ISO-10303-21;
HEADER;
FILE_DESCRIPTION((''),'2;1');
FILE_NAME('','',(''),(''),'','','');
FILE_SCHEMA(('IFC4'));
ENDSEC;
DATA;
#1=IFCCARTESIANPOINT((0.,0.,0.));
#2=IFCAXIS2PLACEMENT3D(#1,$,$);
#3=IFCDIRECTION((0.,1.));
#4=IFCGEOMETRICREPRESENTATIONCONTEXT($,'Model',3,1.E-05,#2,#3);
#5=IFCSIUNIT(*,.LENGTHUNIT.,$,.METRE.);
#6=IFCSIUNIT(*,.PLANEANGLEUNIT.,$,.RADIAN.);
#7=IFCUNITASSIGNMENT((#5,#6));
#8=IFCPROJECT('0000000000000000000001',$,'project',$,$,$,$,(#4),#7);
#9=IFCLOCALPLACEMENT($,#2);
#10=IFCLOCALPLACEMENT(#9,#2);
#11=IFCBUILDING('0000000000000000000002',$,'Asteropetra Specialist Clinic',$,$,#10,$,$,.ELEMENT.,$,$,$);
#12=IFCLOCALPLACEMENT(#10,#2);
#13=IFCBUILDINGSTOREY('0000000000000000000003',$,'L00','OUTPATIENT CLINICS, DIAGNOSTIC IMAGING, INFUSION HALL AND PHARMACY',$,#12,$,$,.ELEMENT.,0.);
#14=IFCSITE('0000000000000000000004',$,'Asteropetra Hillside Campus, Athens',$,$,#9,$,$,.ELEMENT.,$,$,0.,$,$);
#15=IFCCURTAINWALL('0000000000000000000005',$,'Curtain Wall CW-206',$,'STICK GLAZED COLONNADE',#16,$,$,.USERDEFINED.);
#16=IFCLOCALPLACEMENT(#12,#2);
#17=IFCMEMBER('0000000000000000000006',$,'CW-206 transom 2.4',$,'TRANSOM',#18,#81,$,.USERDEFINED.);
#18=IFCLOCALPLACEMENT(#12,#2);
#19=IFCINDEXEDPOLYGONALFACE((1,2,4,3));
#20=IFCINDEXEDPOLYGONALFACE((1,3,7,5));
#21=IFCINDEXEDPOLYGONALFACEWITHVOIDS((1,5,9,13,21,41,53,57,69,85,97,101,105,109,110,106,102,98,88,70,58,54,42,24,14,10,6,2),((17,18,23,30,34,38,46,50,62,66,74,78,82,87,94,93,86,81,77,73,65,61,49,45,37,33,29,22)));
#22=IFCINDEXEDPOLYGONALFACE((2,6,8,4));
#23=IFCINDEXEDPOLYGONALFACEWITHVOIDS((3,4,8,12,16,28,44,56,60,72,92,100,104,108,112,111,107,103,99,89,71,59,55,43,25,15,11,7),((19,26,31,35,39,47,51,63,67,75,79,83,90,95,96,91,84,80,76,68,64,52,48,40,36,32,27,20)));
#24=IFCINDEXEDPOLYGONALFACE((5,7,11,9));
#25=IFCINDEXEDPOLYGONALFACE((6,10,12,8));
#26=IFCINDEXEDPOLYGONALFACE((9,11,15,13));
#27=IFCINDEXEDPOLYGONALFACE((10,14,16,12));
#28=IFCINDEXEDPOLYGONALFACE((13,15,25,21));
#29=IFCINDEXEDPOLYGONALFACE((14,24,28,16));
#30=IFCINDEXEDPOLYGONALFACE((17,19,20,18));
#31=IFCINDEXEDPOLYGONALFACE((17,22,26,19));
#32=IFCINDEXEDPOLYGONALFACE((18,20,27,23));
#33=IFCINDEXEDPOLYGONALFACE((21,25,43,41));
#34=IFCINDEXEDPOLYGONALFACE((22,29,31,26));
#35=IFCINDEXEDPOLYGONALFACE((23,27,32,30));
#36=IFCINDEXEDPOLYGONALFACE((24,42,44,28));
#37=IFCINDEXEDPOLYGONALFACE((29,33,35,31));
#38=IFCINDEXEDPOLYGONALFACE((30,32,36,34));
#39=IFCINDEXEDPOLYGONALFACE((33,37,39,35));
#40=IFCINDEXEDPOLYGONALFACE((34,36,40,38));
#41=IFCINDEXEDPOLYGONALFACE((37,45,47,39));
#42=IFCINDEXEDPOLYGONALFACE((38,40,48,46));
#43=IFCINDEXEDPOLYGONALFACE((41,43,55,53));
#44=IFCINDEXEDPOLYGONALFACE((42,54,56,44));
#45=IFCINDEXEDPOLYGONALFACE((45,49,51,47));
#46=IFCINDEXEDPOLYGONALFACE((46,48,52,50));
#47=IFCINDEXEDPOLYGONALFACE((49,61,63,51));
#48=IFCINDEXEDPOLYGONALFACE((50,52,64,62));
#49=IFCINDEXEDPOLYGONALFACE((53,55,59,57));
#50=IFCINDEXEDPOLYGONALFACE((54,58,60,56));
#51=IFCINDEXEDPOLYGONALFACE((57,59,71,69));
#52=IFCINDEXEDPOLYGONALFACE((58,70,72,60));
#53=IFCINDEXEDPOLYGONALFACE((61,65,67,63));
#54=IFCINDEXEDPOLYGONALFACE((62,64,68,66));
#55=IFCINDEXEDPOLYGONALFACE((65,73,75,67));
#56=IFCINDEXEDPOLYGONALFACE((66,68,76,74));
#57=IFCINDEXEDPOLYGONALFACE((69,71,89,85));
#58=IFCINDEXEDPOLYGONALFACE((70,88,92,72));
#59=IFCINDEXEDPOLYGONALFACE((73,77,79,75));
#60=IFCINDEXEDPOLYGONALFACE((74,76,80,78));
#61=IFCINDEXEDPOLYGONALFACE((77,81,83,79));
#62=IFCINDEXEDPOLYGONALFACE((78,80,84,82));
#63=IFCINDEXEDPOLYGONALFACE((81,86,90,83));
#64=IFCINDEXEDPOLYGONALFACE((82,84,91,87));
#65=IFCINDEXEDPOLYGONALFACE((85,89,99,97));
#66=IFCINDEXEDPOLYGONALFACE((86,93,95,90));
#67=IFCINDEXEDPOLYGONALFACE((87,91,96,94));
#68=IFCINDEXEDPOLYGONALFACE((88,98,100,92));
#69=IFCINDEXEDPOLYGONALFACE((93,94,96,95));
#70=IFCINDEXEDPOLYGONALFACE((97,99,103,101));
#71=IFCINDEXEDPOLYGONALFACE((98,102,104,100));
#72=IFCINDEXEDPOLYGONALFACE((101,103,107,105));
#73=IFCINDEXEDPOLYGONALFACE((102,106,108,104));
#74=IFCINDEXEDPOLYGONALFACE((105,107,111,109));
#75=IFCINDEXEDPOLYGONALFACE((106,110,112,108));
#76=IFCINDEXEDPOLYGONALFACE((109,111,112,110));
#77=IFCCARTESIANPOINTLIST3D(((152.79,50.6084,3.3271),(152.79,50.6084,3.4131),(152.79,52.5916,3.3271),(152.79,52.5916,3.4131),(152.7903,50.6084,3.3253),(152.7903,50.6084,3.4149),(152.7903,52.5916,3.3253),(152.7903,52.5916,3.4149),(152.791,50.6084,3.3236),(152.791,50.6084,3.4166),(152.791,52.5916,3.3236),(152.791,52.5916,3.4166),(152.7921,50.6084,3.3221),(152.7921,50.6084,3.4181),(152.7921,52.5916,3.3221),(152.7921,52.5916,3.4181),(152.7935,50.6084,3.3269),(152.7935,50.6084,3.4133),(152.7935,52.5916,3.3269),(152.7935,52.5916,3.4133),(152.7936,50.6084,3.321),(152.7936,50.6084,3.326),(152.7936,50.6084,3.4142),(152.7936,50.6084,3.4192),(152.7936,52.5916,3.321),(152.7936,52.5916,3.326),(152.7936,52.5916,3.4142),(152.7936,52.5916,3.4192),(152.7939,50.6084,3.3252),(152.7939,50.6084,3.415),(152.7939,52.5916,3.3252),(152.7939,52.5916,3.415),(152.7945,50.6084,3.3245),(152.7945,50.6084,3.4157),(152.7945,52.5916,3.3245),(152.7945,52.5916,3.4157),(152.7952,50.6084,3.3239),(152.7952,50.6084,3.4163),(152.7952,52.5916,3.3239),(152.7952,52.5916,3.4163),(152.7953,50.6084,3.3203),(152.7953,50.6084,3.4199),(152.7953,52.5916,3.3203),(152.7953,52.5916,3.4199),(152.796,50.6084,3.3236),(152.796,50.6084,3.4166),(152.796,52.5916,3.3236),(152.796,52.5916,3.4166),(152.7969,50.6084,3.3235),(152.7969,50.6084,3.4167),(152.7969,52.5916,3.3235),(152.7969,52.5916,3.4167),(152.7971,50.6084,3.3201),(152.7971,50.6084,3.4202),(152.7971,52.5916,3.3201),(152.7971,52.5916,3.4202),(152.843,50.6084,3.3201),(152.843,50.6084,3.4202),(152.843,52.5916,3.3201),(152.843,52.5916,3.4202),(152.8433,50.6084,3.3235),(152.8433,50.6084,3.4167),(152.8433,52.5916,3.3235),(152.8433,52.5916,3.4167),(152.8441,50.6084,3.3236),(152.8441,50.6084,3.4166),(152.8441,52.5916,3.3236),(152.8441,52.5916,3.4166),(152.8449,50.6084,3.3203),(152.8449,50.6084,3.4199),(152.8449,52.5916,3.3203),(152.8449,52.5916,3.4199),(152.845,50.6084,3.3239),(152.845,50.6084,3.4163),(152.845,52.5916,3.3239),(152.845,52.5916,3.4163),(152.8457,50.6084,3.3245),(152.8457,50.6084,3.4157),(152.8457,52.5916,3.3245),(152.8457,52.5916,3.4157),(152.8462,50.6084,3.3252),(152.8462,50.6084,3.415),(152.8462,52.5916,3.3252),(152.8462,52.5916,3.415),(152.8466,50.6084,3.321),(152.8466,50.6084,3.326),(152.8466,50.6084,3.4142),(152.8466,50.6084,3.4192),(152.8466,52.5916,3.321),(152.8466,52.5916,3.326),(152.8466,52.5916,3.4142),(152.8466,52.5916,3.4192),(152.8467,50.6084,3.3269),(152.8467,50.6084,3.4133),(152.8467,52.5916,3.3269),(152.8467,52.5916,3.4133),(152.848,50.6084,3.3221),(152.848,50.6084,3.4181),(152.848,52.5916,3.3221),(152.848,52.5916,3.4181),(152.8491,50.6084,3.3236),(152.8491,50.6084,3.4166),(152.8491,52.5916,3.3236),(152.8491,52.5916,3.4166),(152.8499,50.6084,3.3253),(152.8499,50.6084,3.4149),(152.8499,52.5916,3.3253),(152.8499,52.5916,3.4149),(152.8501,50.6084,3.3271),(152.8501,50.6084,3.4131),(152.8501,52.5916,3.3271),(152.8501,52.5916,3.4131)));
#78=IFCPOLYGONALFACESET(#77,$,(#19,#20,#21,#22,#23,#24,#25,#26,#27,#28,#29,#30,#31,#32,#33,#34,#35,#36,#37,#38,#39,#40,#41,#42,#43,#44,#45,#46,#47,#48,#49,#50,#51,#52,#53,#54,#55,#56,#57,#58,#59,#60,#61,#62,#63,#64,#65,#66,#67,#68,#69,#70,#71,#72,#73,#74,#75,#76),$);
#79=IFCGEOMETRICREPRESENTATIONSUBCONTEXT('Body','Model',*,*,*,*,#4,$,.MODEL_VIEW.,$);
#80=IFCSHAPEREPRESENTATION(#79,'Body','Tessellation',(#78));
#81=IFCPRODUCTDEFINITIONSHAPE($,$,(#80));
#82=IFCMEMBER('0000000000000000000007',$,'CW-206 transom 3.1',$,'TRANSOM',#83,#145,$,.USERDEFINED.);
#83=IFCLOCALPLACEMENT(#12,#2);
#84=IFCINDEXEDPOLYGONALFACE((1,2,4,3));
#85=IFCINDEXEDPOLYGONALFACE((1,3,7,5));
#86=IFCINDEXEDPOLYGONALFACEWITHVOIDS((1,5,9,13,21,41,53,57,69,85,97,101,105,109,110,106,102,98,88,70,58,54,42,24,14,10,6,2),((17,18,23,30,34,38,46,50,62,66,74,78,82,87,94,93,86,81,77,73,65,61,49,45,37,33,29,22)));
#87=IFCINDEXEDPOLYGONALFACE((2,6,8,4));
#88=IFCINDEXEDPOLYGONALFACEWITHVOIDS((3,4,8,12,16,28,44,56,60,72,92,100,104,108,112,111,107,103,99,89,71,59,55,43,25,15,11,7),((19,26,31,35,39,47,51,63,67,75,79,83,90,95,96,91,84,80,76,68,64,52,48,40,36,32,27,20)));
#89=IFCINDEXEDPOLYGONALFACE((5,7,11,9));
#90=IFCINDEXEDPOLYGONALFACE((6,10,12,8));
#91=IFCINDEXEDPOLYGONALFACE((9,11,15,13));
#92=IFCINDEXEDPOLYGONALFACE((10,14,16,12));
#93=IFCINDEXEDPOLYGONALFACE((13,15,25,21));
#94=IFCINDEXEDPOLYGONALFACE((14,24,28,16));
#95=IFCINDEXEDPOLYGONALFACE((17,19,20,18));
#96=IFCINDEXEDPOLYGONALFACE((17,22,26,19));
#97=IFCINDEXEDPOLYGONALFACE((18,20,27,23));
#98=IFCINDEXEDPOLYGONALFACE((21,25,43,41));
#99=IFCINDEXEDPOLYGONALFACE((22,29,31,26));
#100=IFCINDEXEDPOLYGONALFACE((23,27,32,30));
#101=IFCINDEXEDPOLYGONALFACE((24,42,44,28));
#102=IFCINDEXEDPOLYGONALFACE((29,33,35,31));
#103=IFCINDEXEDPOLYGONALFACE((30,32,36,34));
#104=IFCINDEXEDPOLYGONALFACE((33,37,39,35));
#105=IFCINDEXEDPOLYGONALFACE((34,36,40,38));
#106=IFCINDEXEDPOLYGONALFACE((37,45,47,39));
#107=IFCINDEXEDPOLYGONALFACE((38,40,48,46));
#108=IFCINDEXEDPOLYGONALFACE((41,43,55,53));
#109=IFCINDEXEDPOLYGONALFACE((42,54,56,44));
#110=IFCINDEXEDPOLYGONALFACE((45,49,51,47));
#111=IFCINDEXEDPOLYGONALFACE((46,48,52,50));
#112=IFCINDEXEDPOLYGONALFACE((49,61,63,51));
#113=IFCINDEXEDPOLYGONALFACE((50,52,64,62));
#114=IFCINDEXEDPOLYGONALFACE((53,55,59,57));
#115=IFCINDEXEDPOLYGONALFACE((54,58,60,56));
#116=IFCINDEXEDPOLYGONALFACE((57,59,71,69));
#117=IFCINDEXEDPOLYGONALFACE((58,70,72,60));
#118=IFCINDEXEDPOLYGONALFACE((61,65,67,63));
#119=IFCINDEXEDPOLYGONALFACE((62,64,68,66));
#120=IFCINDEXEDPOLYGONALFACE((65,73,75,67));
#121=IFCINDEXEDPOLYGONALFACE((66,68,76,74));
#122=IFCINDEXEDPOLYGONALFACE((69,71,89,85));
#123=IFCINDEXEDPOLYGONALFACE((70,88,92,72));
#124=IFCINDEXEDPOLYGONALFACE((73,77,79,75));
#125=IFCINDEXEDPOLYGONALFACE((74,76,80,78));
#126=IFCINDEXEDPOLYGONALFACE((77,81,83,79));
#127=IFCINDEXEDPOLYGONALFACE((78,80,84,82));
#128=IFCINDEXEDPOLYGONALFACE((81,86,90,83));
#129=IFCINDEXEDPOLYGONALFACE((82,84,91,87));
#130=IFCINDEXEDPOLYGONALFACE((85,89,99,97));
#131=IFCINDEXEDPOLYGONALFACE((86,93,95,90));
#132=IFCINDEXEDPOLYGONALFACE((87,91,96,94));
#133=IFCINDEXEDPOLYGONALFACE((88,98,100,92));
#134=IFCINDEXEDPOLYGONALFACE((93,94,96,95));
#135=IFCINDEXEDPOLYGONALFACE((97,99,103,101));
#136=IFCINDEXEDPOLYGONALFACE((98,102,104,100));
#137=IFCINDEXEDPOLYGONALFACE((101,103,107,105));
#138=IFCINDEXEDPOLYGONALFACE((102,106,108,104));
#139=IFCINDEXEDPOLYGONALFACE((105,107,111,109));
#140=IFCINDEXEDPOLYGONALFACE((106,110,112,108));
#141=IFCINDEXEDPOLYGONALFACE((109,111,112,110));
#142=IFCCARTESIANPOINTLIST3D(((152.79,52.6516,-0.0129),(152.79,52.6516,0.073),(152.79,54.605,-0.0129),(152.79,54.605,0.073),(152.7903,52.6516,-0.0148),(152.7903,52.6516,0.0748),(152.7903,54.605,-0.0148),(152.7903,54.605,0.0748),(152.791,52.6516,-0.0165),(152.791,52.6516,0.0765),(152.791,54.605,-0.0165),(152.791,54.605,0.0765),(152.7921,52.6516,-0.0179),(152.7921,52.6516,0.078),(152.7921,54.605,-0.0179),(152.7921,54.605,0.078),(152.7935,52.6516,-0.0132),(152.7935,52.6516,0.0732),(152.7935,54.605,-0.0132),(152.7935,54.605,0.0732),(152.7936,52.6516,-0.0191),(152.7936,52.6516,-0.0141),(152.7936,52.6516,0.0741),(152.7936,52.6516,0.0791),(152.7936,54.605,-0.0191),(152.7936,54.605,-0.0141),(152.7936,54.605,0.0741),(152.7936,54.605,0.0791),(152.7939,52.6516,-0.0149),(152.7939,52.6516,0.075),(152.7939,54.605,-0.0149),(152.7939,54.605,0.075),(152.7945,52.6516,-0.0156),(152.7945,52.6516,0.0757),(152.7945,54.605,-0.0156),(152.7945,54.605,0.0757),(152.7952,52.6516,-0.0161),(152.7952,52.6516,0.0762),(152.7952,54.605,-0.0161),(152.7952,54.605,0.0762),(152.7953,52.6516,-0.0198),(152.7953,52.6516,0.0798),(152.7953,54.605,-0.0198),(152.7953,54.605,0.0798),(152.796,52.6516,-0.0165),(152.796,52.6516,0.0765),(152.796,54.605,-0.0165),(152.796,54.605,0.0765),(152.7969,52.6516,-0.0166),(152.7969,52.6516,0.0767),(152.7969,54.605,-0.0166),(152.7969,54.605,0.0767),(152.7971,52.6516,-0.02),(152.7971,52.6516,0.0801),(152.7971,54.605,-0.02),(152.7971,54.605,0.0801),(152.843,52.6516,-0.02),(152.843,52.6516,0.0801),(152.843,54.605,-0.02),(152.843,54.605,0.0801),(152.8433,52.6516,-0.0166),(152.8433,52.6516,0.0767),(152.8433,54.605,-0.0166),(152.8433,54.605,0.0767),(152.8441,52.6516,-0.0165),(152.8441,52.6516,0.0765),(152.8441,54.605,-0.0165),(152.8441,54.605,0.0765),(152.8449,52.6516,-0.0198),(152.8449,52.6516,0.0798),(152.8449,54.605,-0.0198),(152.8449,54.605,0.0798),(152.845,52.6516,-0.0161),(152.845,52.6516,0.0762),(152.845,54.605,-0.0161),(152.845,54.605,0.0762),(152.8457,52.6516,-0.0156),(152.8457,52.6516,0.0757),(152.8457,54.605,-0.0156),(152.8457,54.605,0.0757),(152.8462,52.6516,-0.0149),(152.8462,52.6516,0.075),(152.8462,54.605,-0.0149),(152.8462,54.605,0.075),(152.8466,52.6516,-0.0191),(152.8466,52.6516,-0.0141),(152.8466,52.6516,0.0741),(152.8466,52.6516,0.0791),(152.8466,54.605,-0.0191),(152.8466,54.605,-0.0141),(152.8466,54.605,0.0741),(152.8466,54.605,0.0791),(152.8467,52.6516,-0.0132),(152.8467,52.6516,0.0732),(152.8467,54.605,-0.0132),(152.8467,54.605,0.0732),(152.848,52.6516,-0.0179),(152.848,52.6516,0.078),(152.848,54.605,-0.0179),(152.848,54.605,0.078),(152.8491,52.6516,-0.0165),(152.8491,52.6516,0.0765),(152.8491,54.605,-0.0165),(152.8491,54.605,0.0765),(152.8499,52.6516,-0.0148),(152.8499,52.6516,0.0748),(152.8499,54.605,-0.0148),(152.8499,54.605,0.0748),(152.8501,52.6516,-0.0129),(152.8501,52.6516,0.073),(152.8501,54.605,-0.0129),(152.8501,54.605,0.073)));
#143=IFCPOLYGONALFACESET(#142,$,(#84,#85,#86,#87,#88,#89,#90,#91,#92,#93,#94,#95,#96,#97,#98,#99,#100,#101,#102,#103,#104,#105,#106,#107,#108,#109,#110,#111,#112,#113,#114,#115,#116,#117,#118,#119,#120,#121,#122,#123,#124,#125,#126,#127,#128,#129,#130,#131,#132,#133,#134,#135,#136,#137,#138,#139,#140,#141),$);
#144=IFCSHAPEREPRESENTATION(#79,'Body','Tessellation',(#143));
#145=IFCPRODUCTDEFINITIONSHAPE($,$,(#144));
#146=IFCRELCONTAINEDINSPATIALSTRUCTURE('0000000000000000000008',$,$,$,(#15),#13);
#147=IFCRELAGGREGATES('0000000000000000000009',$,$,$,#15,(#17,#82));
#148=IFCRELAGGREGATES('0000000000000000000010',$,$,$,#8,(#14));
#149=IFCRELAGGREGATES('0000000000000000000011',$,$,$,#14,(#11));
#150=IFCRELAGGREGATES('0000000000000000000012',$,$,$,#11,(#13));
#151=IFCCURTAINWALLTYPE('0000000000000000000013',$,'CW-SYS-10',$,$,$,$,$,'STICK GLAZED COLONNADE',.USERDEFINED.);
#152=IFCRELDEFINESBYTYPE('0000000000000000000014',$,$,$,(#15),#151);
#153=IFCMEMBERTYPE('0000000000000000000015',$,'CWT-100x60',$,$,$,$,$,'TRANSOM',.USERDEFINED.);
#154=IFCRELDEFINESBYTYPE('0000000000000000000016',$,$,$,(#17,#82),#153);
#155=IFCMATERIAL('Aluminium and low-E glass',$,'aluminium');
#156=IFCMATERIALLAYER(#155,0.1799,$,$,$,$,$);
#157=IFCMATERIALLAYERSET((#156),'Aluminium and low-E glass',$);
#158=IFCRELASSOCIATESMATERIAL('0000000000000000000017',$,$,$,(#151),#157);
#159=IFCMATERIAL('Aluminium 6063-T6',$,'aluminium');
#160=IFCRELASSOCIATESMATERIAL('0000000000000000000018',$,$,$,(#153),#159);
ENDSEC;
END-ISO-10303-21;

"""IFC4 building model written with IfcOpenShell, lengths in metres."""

from ifc_helpers import new_model, si_unit, direction, frame, origin, origin_2d, place, context, subcontext, project, spatial, hollow_rectangle, extrude, material, layer, layer_set, material_profile, profile_set, type_object, element, aggregate, save


model = new_model("IFC4")

# Units and contexts
model_context = context("Model", 3, precision=1e-05, world=origin(), true_north=direction((0.0, 1.0)))
body_context = subcontext(model_context, "Body", "Model", "MODEL_VIEW")
ifc_project = project(units=[si_unit("LENGTHUNIT", "METRE"), si_unit("PLANEANGLEUNIT", "RADIAN")], contexts=[model_context])

# Site, building, storey
site_placement = place(None, origin())
site = spatial("IfcSite", under=ifc_project, at=site_placement, Name="Asteropetra Hillside Campus, Athens", CompositionType="ELEMENT", RefElevation=0.0)
building_placement = place(site_placement, origin())
building = spatial("IfcBuilding", under=site, at=building_placement, Name="Asteropetra Specialist Clinic", CompositionType="ELEMENT")
storey_placement = place(building_placement, origin())
storey = spatial("IfcBuildingStorey", under=building, at=storey_placement, Name="L00", Description="OUTPATIENT CLINICS, DIAGNOSTIC IMAGING, INFUSION HALL AND PHARMACY", CompositionType="ELEMENT", Elevation=0.0)

# Curtain wall, members
ifc_material_1 = material(Name="Aluminium and low-E glass", Category="aluminium")
ifc_layer_1 = layer(ifc_material_1, 0.1799)
ifc_layer_set_1 = layer_set([ifc_layer_1], Name="Aluminium and low-E glass")
curtain_wall_type = type_object("IfcCurtainWallType", Name="CW-SYS-10", ElementType="STICK GLAZED COLONNADE", PredefinedType="USERDEFINED", material=ifc_layer_set_1)
curtain_wall_placement = place(storey_placement, origin())
curtain_wall = element("IfcCurtainWall", 1, at=curtain_wall_placement, inside=storey, type_object=curtain_wall_type, Name="Curtain Wall CW-206", ObjectType="STICK GLAZED COLONNADE", PredefinedType="USERDEFINED")
ifc_material_2 = material(Name="Aluminium 6063-T6", Category="aluminium")
ifc_material_profile_1 = material_profile(ifc_material_2, hollow_rectangle(XDim=0.0601, YDim=0.1001, WallThickness=0.0034, InnerFilletRadius=0.0034, OuterFilletRadius=0.0071, at=origin_2d()), Name="TRN 100x60x3.5")
ifc_profile_set_1 = profile_set([ifc_material_profile_1], Name="Aluminium 6063-T6")
member_type_1 = type_object("IfcMemberType", Name="CWT-100x60", ElementType="TRANSOM", PredefinedType="USERDEFINED", material=ifc_profile_set_1)
member_1_placement = place(storey_placement, frame((152.8201, 50.6084, 3.3701), z_axis=(0.0, 1.0, 0.0), x_axis=(-1.0, 0.0, 0.0)))
member_1 = element("IfcMember", 2, at=member_1_placement, type_object=member_type_1, Name="CW-206 transom 2.4", ObjectType="TRANSOM", PredefinedType="USERDEFINED", context=body_context, shape_type="SweptSolid", body=[
    extrude(hollow_rectangle(XDim=0.0601, YDim=0.1001, WallThickness=0.0034, InnerFilletRadius=0.0034, OuterFilletRadius=0.0071, at=origin_2d()), origin(), (0.0, 0.0, 1.0), 1.9832),
])
member_2_placement = place(storey_placement, frame((152.8201, 52.6516, 0.03), z_axis=(0.0, 1.0, 0.0), x_axis=(-1.0, 0.0, 0.0)))
member_2 = element("IfcMember", 3, at=member_2_placement, type_object=member_type_1, Name="CW-206 transom 3.1", ObjectType="TRANSOM", PredefinedType="USERDEFINED", context=body_context, shape_type="SweptSolid", body=[
    extrude(hollow_rectangle(XDim=0.0601, YDim=0.1001, WallThickness=0.0034, InnerFilletRadius=0.0034, OuterFilletRadius=0.0071, at=origin_2d()), origin(), (0.0, 0.0, 1.0), 1.9534),
])
aggregate(curtain_wall, [member_1, member_2])

save(model, "model.ifc")
